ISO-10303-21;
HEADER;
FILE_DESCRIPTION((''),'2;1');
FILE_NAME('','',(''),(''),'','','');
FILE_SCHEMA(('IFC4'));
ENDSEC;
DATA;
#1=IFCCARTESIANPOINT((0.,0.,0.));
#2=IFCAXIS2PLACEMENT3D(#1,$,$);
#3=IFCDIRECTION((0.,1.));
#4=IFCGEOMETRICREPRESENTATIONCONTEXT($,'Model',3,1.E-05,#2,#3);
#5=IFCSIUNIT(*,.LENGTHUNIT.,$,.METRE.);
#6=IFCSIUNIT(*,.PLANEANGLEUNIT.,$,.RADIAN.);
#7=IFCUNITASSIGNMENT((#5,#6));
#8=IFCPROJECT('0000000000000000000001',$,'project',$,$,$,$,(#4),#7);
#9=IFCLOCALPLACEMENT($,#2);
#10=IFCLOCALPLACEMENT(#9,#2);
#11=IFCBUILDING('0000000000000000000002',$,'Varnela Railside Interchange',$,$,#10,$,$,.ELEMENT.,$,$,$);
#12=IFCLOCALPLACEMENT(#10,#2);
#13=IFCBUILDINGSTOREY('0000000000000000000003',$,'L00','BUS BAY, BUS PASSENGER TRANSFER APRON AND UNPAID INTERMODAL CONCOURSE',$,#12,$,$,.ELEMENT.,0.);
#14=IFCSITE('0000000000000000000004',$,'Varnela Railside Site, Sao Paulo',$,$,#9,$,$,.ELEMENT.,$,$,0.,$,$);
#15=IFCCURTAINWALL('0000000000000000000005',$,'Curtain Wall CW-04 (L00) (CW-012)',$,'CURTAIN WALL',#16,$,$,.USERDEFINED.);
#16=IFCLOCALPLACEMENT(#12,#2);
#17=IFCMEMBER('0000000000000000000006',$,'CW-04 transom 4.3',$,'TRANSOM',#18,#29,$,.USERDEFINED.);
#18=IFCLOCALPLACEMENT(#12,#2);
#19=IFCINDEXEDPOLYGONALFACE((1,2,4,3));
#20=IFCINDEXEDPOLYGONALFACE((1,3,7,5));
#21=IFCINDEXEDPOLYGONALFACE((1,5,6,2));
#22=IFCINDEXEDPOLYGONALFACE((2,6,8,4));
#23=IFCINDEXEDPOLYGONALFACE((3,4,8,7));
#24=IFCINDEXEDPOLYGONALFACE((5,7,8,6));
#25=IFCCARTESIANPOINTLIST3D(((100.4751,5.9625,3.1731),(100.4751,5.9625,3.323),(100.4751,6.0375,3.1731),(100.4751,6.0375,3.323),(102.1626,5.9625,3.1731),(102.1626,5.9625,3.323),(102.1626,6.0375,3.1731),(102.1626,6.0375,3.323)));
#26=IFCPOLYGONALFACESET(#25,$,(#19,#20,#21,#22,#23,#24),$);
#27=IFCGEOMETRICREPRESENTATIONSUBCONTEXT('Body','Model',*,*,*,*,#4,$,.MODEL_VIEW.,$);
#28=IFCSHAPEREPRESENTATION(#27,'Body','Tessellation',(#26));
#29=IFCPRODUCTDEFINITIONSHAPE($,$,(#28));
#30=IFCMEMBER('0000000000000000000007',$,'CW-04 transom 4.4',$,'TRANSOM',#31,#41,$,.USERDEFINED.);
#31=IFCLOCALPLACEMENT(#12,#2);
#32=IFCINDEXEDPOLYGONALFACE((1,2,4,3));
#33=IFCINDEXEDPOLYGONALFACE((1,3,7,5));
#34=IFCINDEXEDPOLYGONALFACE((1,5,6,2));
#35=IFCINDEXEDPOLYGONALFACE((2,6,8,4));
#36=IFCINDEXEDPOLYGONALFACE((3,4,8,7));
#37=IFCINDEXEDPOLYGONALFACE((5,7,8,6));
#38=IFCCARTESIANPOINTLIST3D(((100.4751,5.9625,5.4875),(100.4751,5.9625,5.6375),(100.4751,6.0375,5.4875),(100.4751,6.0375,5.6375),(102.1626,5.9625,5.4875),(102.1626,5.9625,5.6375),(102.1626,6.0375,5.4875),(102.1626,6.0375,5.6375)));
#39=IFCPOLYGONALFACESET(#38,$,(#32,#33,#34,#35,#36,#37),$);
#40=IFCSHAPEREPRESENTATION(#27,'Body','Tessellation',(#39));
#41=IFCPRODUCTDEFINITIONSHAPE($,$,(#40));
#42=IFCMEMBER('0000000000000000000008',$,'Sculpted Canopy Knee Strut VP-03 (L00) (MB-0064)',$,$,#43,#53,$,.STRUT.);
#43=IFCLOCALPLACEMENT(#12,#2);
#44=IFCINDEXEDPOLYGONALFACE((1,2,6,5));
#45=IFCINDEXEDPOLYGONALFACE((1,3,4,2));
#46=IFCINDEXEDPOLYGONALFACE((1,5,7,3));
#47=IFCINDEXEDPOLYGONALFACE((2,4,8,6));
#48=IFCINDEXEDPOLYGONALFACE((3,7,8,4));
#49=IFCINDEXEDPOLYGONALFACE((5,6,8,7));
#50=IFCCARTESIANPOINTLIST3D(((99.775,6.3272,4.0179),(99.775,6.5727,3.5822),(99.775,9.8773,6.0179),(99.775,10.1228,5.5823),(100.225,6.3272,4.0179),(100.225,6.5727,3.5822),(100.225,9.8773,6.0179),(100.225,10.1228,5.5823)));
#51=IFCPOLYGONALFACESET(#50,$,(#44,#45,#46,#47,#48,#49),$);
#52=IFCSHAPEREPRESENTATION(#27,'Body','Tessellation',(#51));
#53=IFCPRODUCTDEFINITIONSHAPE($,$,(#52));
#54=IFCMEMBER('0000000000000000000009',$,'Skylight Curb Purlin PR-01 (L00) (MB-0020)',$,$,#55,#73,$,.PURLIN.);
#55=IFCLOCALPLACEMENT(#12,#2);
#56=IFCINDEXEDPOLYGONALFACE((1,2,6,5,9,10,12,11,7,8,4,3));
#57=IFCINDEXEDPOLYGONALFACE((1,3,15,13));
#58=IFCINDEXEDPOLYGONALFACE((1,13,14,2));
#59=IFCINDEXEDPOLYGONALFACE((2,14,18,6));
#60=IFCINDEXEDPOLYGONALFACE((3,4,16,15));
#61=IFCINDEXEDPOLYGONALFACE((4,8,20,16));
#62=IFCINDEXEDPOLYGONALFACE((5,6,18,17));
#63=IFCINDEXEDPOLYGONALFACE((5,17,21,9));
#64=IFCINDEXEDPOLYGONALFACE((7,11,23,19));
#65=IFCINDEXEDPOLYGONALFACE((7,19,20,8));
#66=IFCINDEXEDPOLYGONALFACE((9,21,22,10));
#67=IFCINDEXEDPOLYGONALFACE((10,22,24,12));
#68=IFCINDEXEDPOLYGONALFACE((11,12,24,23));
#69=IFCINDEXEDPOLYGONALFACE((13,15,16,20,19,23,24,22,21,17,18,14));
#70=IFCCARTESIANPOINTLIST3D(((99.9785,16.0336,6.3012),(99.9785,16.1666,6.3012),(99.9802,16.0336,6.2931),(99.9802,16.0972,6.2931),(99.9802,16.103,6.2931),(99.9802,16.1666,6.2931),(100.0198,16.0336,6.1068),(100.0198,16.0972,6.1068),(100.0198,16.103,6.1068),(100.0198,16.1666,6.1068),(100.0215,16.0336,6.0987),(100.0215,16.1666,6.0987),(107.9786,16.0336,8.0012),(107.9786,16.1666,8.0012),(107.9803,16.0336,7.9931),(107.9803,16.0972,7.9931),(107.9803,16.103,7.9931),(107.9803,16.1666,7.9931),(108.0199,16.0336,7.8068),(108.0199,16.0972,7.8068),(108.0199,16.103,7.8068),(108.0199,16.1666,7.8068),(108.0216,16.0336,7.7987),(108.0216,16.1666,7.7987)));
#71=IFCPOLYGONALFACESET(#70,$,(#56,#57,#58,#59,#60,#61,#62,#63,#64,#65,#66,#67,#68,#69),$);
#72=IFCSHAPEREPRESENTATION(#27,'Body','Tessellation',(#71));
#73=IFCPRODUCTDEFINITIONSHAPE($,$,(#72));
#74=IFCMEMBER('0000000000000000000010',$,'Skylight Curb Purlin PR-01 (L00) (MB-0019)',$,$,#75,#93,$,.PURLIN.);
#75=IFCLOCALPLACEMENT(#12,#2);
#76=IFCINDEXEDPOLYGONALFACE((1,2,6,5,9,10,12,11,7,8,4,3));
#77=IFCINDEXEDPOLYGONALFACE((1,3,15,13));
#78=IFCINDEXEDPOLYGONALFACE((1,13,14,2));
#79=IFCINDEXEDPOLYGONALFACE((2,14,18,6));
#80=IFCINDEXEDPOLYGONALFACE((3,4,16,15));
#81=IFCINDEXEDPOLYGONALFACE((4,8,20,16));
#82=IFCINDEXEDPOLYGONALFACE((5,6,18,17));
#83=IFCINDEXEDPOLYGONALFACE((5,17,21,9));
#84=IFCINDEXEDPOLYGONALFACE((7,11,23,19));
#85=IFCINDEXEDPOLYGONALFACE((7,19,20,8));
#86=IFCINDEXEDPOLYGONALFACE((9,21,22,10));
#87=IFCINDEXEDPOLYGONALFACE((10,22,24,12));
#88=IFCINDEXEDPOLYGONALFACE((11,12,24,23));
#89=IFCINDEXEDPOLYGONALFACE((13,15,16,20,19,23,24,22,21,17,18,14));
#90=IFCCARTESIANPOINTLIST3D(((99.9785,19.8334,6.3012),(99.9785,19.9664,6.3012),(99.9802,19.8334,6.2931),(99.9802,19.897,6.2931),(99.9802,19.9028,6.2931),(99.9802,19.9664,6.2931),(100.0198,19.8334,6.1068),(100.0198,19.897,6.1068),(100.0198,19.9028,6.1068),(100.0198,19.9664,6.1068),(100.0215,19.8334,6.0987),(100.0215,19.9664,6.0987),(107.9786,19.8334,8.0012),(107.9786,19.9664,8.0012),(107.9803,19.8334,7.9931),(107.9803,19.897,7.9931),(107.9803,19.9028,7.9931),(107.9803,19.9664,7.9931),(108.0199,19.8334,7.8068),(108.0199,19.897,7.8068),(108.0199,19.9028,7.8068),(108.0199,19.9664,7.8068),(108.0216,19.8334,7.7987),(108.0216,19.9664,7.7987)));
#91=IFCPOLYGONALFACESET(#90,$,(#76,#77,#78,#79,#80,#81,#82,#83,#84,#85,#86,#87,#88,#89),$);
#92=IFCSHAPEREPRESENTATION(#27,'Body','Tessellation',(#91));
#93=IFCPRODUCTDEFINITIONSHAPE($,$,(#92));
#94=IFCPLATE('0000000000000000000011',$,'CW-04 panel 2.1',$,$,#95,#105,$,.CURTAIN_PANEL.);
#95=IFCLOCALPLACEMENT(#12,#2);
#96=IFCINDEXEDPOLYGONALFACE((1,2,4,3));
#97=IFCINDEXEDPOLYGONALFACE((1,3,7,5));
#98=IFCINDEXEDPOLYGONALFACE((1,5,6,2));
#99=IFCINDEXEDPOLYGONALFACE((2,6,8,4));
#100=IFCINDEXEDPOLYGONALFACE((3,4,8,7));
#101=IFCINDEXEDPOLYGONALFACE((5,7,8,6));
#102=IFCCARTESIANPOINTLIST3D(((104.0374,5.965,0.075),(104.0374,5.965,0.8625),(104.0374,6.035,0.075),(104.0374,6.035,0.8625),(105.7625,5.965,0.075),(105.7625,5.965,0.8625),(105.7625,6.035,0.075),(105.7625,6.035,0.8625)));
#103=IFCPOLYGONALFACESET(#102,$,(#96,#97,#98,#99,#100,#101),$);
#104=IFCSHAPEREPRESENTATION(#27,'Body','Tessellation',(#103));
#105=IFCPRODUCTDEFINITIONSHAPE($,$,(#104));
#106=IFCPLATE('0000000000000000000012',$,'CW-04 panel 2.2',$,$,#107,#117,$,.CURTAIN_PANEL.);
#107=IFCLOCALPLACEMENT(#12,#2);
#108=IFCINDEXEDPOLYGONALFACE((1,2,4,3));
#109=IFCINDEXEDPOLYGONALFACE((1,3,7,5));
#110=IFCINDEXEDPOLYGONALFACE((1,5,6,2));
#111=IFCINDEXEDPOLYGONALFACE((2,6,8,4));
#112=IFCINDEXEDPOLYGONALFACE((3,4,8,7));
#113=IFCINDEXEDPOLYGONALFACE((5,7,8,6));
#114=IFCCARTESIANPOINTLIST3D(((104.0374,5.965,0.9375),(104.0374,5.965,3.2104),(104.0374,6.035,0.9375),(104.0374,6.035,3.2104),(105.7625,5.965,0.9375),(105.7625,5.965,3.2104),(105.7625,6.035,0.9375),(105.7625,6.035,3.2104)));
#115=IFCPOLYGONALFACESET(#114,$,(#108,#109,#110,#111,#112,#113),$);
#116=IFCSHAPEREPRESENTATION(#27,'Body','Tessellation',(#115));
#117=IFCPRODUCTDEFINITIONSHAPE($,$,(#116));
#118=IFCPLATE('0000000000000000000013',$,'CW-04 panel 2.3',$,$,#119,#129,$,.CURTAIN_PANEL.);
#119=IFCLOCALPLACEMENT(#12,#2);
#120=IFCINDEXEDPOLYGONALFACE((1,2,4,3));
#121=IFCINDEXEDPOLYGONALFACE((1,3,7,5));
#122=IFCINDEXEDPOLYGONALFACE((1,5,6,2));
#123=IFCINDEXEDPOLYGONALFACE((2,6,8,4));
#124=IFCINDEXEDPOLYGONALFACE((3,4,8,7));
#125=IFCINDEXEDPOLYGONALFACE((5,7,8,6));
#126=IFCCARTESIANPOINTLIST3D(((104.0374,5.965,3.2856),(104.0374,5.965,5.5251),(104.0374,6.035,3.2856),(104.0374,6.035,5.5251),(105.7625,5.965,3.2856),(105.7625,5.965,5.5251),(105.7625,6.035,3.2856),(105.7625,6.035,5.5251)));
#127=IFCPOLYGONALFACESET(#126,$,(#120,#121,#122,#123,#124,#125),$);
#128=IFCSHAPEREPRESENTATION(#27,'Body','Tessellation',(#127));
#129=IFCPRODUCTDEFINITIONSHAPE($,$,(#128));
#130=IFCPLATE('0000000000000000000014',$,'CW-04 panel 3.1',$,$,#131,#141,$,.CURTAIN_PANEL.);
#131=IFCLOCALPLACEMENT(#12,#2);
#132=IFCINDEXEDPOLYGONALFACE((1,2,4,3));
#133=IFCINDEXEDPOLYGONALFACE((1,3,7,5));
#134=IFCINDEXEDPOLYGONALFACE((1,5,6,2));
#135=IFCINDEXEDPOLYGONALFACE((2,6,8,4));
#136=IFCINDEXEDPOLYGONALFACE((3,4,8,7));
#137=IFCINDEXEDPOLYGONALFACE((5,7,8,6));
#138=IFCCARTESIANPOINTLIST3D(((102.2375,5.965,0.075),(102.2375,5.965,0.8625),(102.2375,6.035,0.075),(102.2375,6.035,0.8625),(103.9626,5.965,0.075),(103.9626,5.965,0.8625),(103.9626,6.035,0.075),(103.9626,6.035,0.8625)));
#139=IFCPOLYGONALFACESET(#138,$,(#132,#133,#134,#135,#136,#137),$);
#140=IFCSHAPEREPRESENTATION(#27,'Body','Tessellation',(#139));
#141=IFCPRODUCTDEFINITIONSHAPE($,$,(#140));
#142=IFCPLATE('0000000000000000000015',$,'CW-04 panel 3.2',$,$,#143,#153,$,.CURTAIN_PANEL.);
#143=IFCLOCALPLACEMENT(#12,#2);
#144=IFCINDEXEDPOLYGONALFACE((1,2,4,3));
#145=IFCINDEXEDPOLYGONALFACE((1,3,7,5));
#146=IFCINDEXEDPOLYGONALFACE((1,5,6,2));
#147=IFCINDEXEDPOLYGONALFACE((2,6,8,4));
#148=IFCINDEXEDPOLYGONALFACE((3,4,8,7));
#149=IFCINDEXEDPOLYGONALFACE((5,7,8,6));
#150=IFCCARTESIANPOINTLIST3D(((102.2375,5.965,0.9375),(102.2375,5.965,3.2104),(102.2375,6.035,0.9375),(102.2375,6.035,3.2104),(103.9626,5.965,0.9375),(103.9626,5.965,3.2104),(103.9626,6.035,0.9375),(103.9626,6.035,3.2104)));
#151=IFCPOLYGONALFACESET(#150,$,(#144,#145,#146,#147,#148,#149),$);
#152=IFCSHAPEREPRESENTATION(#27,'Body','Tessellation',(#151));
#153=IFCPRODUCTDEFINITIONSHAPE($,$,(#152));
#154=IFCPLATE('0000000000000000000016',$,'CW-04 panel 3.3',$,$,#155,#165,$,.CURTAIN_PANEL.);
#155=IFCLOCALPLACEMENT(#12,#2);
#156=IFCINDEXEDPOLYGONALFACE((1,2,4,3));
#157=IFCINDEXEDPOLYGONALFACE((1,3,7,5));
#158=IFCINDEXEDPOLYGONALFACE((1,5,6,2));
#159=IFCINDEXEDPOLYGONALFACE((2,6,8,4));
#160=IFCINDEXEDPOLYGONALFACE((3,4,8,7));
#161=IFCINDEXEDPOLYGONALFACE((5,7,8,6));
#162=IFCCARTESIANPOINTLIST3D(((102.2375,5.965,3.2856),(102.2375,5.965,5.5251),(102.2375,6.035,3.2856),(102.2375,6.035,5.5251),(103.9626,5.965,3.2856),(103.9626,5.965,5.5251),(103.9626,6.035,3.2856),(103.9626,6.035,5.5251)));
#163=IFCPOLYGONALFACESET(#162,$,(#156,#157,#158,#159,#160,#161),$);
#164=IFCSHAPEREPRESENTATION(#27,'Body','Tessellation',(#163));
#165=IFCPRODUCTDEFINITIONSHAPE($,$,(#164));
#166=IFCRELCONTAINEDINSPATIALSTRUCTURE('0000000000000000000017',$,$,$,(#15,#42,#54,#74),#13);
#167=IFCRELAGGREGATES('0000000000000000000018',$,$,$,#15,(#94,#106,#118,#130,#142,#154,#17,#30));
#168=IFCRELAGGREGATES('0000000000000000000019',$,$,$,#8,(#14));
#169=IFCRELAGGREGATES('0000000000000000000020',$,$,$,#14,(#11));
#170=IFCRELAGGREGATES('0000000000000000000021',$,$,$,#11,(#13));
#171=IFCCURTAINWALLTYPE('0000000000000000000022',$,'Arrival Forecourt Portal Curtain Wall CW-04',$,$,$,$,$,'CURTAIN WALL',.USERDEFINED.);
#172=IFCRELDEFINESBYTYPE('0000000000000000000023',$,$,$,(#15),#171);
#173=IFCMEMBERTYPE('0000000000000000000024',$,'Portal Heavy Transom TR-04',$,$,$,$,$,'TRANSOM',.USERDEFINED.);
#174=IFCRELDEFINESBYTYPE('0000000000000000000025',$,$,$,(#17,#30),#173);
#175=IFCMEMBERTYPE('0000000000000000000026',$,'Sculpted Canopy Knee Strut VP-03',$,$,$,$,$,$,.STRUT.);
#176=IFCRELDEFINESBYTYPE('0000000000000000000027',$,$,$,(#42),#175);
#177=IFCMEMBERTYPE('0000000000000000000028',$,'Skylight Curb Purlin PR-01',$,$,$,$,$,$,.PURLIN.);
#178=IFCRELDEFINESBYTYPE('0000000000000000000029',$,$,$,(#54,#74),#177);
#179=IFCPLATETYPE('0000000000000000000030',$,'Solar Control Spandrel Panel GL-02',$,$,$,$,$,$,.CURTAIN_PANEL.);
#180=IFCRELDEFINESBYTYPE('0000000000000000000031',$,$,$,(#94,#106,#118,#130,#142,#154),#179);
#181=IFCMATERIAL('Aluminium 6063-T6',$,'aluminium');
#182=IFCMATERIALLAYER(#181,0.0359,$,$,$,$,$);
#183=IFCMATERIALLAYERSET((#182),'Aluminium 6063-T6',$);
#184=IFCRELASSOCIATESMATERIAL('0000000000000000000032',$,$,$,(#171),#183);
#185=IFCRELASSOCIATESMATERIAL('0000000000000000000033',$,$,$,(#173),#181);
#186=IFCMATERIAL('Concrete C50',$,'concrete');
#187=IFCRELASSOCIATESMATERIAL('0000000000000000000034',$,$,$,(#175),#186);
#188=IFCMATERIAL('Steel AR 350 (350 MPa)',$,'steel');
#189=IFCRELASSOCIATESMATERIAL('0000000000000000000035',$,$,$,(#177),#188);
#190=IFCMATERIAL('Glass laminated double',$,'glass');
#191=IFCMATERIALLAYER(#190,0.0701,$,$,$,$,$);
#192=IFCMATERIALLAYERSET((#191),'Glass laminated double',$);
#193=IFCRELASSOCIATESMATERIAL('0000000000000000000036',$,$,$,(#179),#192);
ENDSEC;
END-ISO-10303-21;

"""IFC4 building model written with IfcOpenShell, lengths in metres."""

from ifc_helpers import new_model, si_unit, direction, frame, origin, origin_2d, place, context, subcontext, project, spatial, rectangle, i_section, extrude, material, layer, layer_set, material_profile, profile_set, type_object, element, aggregate, save


model = new_model("IFC4")

# Units and contexts
model_context = context("Model", 3, precision=1e-05, world=origin(), true_north=direction((0.0, 1.0)))
body_context = subcontext(model_context, "Body", "Model", "MODEL_VIEW")
ifc_project = project(units=[si_unit("LENGTHUNIT", "METRE"), si_unit("PLANEANGLEUNIT", "RADIAN")], contexts=[model_context])

# Site, building, storey
site_placement = place(None, origin())
site = spatial("IfcSite", under=ifc_project, at=site_placement, Name="Varnela Railside Site, Sao Paulo", CompositionType="ELEMENT", RefElevation=0.0)
building_placement = place(site_placement, origin())
building = spatial("IfcBuilding", under=site, at=building_placement, Name="Varnela Railside Interchange", CompositionType="ELEMENT")
storey_placement = place(building_placement, origin())
storey = spatial("IfcBuildingStorey", under=building, at=storey_placement, Name="L00", Description="BUS BAY, BUS PASSENGER TRANSFER APRON AND UNPAID INTERMODAL CONCOURSE", CompositionType="ELEMENT", Elevation=0.0)

# Shared definitions
ifc_material_1 = material(Name="Concrete C50", Category="concrete")

# Shared definitions
ifc_material_2 = material(Name="Steel AR 350 (350 MPa)", Category="steel")

# Curtain wall, members
ifc_material_3 = material(Name="Aluminium 6063-T6", Category="aluminium")
ifc_layer_1 = layer(ifc_material_3, 0.0359)
ifc_layer_set_1 = layer_set([ifc_layer_1], Name="Aluminium 6063-T6")
curtain_wall_type = type_object("IfcCurtainWallType", Name="Arrival Forecourt Portal Curtain Wall CW-04", ElementType="CURTAIN WALL", PredefinedType="USERDEFINED", material=ifc_layer_set_1)
curtain_wall_placement = place(storey_placement, origin())
curtain_wall = element("IfcCurtainWall", 1, at=curtain_wall_placement, inside=storey, type_object=curtain_wall_type, Name="Curtain Wall CW-04 (L00) (CW-012)", ObjectType="CURTAIN WALL", PredefinedType="USERDEFINED")
ifc_material_profile_1 = material_profile(ifc_material_3, rectangle(XDim=0.075, YDim=0.1499, at=origin_2d()), Name="ALU 75x150")
ifc_profile_set_1 = profile_set([ifc_material_profile_1], Name="Aluminium 6063-T6")
member_type_1 = type_object("IfcMemberType", Name="Portal Heavy Transom TR-04", ElementType="TRANSOM", PredefinedType="USERDEFINED", material=ifc_profile_set_1)
member_1_placement = place(storey_placement, frame((102.1626, 6.0, 3.248), z_axis=(-1.0, 0.0, 0.0), x_axis=(0.0, -1.0, 0.0)))
member_1 = element("IfcMember", 2, at=member_1_placement, type_object=member_type_1, Name="CW-04 transom 4.3", ObjectType="TRANSOM", PredefinedType="USERDEFINED", context=body_context, shape_type="SweptSolid", body=[
    extrude(rectangle(XDim=0.075, YDim=0.1499, at=origin_2d()), origin(), (0.0, 0.0, 1.0), 1.6875),
])
member_2_placement = place(storey_placement, frame((102.1626, 6.0, 5.5625), z_axis=(-1.0, 0.0, 0.0), x_axis=(0.0, -1.0, 0.0)))
member_2 = element("IfcMember", 3, at=member_2_placement, type_object=member_type_1, Name="CW-04 transom 4.4", ObjectType="TRANSOM", PredefinedType="USERDEFINED", context=body_context, shape_type="SweptSolid", body=[
    extrude(rectangle(XDim=0.075, YDim=0.1499, at=origin_2d()), origin(), (0.0, 0.0, 1.0), 1.6875),
])

# Members
ifc_material_profile_2 = material_profile(ifc_material_1, rectangle(XDim=0.45, YDim=0.5, at=origin_2d()), Name="RC 450x500")
ifc_profile_set_2 = profile_set([ifc_material_profile_2], Name="Concrete C50")
member_type_2 = type_object("IfcMemberType", Name="Sculpted Canopy Knee Strut VP-03", PredefinedType="STRUT", material=ifc_profile_set_2)
member_3_placement = place(storey_placement, frame((100.0, 6.45, 3.8), z_axis=(0.0, 0.871251, 0.490839), x_axis=(-1.0, 0.0, 0.0)))
element("IfcMember", 4, at=member_3_placement, inside=storey, type_object=member_type_2, Name="Sculpted Canopy Knee Strut VP-03 (L00) (MB-0064)", PredefinedType="STRUT", context=body_context, shape_type="SweptSolid", body=[
    extrude(rectangle(XDim=0.45, YDim=0.5, at=origin_2d()), origin(), (0.0, 0.0, 1.0), 4.0747),
])
ifc_material_profile_3 = material_profile(ifc_material_2, i_section(OverallWidth=0.1331, OverallDepth=0.207, WebThickness=0.0059, FlangeThickness=0.0083, at=origin_2d()), Name="W200x26.6")
ifc_profile_set_3 = profile_set([ifc_material_profile_3], Name="Steel AR 350 (350 MPa)")
member_type_3 = type_object("IfcMemberType", Name="Skylight Curb Purlin PR-01", PredefinedType="PURLIN", material=ifc_profile_set_3)
for number, where, z_axis, x_axis, name in (
    (5, (100.0, 16.1001, 6.2), (0.97816, 0.0, 0.207853), (0.0, 1.0, 0.0), "Skylight Curb Purlin PR-01 (L00) (MB-0020)"),
    (6, (100.0, 19.8999, 6.2), (0.97816, 0.0, 0.207853), (0.0, 1.0, 0.0), "Skylight Curb Purlin PR-01 (L00) (MB-0019)"),
):
    element("IfcMember", number, at=place(storey_placement, frame(where, z_axis=z_axis, x_axis=x_axis)), inside=storey, type_object=member_type_3, Name=name, PredefinedType="PURLIN", context=body_context, shape_type="SweptSolid", body=[
        extrude(i_section(OverallWidth=0.1331, OverallDepth=0.207, WebThickness=0.0059, FlangeThickness=0.0083, at=origin_2d()), origin(), (0.0, 0.0, 1.0), 8.1787),
    ])

# Plates
ifc_material_4 = material(Name="Glass laminated double", Category="glass")
ifc_layer_2 = layer(ifc_material_4, 0.0701)
ifc_layer_set_2 = layer_set([ifc_layer_2], Name="Glass laminated double")
plate_type = type_object("IfcPlateType", Name="Solar Control Spandrel Panel GL-02", PredefinedType="CURTAIN_PANEL", material=ifc_layer_set_2)
plate_1_placement = place(storey_placement, frame((104.8999, 6.0, 0.075), z_axis=(0.0, 0.0, 1.0), x_axis=(-1.0, 0.0, 0.0)))
plate_1 = element("IfcPlate", 7, at=plate_1_placement, type_object=plate_type, Name="CW-04 panel 2.1", PredefinedType="CURTAIN_PANEL", context=body_context, shape_type="SweptSolid", body=[
    extrude(rectangle(XDim=1.7251, YDim=0.0701, at=origin_2d()), origin(), (0.0, 0.0, 1.0), 0.7876),
])
plate_2_placement = place(storey_placement, frame((104.8999, 6.0, 0.9375), z_axis=(0.0, 0.0, 1.0), x_axis=(-1.0, 0.0, 0.0)))
plate_2 = element("IfcPlate", 8, at=plate_2_placement, type_object=plate_type, Name="CW-04 panel 2.2", PredefinedType="CURTAIN_PANEL", context=body_context, shape_type="SweptSolid", body=[
    extrude(rectangle(XDim=1.7251, YDim=0.0701, at=origin_2d()), origin(), (0.0, 0.0, 1.0), 2.2729),
])
plate_3_placement = place(storey_placement, frame((104.8999, 6.0, 3.2856), z_axis=(0.0, 0.0, 1.0), x_axis=(-1.0, 0.0, 0.0)))
plate_3 = element("IfcPlate", 9, at=plate_3_placement, type_object=plate_type, Name="CW-04 panel 2.3", PredefinedType="CURTAIN_PANEL", context=body_context, shape_type="SweptSolid", body=[
    extrude(rectangle(XDim=1.7251, YDim=0.0701, at=origin_2d()), origin(), (0.0, 0.0, 1.0), 2.2395),
])
plate_4_placement = place(storey_placement, frame((103.1001, 6.0, 0.075), z_axis=(0.0, 0.0, 1.0), x_axis=(-1.0, 0.0, 0.0)))
plate_4 = element("IfcPlate", 10, at=plate_4_placement, type_object=plate_type, Name="CW-04 panel 3.1", PredefinedType="CURTAIN_PANEL", context=body_context, shape_type="SweptSolid", body=[
    extrude(rectangle(XDim=1.7251, YDim=0.0701, at=origin_2d()), origin(), (0.0, 0.0, 1.0), 0.7876),
])
plate_5_placement = place(storey_placement, frame((103.1001, 6.0, 0.9375), z_axis=(0.0, 0.0, 1.0), x_axis=(-1.0, 0.0, 0.0)))
plate_5 = element("IfcPlate", 11, at=plate_5_placement, type_object=plate_type, Name="CW-04 panel 3.2", PredefinedType="CURTAIN_PANEL", context=body_context, shape_type="SweptSolid", body=[
    extrude(rectangle(XDim=1.7251, YDim=0.0701, at=origin_2d()), origin(), (0.0, 0.0, 1.0), 2.2729),
])
plate_6_placement = place(storey_placement, frame((103.1001, 6.0, 3.2856), z_axis=(0.0, 0.0, 1.0), x_axis=(-1.0, 0.0, 0.0)))
plate_6 = element("IfcPlate", 12, at=plate_6_placement, type_object=plate_type, Name="CW-04 panel 3.3", PredefinedType="CURTAIN_PANEL", context=body_context, shape_type="SweptSolid", body=[
    extrude(rectangle(XDim=1.7251, YDim=0.0701, at=origin_2d()), origin(), (0.0, 0.0, 1.0), 2.2395),
])
aggregate(curtain_wall, [plate_1, plate_2, plate_3, plate_4, plate_5, plate_6, member_1, member_2])

save(model, "model.ifc")
